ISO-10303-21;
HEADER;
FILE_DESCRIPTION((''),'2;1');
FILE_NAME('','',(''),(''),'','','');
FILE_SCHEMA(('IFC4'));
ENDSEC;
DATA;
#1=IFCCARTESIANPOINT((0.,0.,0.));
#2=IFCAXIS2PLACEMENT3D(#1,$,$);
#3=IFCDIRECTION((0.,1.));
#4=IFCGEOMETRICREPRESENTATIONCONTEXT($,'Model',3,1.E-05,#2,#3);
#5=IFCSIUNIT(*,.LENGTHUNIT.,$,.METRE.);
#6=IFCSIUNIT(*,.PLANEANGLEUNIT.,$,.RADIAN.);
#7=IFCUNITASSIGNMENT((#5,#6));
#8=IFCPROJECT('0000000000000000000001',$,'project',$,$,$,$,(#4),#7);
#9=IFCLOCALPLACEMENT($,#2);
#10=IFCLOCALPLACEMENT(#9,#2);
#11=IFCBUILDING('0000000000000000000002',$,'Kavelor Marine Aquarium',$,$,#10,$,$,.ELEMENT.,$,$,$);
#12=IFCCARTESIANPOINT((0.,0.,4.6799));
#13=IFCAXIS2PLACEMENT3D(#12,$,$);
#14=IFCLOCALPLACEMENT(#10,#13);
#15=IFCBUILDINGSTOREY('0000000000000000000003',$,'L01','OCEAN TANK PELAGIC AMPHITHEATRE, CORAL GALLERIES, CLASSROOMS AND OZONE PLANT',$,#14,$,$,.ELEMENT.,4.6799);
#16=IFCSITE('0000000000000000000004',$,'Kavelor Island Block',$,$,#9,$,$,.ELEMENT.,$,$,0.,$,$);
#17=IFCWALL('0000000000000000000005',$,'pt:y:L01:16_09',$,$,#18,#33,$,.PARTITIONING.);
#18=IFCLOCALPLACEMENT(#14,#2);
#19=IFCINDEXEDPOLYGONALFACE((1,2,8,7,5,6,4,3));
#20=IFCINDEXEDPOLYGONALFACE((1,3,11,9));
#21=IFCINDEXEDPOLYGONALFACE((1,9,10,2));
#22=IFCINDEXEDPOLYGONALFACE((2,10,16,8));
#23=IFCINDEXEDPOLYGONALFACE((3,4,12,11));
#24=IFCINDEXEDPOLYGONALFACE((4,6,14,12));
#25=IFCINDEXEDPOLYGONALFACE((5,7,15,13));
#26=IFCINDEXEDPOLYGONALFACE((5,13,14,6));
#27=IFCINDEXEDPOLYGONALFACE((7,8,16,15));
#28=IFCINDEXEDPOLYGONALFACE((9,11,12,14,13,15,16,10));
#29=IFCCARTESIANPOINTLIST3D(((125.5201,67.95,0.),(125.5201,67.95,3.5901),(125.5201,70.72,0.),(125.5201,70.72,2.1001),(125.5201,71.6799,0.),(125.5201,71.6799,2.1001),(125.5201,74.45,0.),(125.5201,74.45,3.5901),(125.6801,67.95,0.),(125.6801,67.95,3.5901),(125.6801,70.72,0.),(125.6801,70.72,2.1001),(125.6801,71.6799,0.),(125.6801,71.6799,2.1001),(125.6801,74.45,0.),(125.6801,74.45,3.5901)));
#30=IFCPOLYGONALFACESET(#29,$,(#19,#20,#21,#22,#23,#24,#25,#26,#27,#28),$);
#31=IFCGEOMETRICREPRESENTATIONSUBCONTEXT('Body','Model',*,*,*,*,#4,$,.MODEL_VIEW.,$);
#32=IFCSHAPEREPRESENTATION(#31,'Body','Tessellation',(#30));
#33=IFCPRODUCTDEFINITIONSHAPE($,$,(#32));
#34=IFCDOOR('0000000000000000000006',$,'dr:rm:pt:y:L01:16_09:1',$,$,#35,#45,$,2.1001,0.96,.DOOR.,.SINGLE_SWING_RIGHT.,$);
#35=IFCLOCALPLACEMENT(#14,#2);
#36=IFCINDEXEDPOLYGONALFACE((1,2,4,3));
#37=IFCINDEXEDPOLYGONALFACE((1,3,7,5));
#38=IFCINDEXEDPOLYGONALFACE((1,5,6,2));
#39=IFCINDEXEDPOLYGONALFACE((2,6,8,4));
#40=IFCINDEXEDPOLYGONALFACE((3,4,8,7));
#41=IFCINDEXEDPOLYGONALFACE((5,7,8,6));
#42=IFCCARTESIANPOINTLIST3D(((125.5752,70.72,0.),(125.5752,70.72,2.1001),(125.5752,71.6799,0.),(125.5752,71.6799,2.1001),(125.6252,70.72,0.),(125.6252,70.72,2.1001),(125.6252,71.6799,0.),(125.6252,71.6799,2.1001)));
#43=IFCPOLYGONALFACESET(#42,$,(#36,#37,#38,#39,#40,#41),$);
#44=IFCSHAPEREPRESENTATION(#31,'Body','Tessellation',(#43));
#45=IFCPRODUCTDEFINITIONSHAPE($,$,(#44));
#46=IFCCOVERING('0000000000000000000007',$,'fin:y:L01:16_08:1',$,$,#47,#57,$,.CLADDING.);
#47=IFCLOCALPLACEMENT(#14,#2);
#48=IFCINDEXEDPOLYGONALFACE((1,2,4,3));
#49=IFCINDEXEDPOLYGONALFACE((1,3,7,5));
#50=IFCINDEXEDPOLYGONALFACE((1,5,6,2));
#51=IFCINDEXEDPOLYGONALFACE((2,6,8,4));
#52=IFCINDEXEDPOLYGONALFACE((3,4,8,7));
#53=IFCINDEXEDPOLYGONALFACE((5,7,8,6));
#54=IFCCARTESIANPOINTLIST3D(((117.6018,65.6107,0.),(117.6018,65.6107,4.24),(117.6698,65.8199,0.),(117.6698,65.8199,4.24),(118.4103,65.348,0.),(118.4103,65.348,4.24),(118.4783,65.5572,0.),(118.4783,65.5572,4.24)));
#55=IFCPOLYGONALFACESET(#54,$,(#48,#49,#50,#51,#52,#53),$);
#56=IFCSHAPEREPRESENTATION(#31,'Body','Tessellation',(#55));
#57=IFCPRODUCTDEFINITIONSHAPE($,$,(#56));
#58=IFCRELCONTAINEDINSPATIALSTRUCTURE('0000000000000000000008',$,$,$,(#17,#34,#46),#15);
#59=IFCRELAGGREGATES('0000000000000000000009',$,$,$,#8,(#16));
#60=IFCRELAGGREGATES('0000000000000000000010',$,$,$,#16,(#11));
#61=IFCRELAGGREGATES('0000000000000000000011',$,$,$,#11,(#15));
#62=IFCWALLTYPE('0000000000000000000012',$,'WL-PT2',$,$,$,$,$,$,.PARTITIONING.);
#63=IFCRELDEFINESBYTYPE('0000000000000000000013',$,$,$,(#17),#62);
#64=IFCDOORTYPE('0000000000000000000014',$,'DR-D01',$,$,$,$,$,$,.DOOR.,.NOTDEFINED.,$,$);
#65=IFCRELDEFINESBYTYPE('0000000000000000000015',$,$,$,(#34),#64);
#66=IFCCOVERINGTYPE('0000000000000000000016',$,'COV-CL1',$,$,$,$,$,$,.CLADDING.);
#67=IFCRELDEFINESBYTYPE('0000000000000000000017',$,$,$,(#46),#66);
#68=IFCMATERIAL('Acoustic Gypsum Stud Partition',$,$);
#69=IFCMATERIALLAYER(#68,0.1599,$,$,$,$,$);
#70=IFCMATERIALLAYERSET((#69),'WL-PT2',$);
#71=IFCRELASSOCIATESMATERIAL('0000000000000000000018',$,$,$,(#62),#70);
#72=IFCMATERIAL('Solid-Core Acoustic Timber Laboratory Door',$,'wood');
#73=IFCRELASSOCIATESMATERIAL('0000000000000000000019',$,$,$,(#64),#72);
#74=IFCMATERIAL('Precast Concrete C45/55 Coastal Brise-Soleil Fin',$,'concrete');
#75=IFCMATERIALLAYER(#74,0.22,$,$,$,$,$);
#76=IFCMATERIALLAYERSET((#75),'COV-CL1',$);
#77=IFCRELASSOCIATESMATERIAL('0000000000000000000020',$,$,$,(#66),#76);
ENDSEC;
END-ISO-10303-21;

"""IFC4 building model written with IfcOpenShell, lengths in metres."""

from ifc_helpers import new_model, si_unit, direction, frame, frame_2d, origin, origin_2d, place, context, subcontext, project, spatial, rectangle, extrude, material, layer, layer_set, type_object, element, fill, save


model = new_model("IFC4")

# Units and contexts
model_context = context("Model", 3, precision=1e-05, world=origin(), true_north=direction((0.0, 1.0)))
body_context = subcontext(model_context, "Body", "Model", "MODEL_VIEW")
ifc_project = project(units=[si_unit("LENGTHUNIT", "METRE"), si_unit("PLANEANGLEUNIT", "RADIAN")], contexts=[model_context])

# Site, building, storey
site_placement = place(None, origin())
site = spatial("IfcSite", under=ifc_project, at=site_placement, Name="Kavelor Island Block", CompositionType="ELEMENT", RefElevation=0.0)
building_placement = place(site_placement, origin())
building = spatial("IfcBuilding", under=site, at=building_placement, Name="Kavelor Marine Aquarium", CompositionType="ELEMENT")
storey_placement = place(building_placement, frame((0.0, 0.0, 4.6799)))
storey = spatial("IfcBuildingStorey", under=building, at=storey_placement, Name="L01", Description="OCEAN TANK PELAGIC AMPHITHEATRE, CORAL GALLERIES, CLASSROOMS AND OZONE PLANT", CompositionType="ELEMENT", Elevation=4.6799)

# Wall, opening, door
ifc_material_1 = material(Name="Acoustic Gypsum Stud Partition")
ifc_layer_1 = layer(ifc_material_1, 0.1599)
ifc_layer_set_1 = layer_set([ifc_layer_1], Name="WL-PT2")
wall_type = type_object("IfcWallType", Name="WL-PT2", PredefinedType="PARTITIONING", material=ifc_layer_set_1)
wall_placement = place(storey_placement, frame((125.6001, 67.95, 0.0), z_axis=(0.0, 0.0, 1.0), x_axis=(0.0, 1.0, 0.0)))
wall = element("IfcWall", 1, at=wall_placement, inside=storey, type_object=wall_type, Name="pt:y:L01:16_09", PredefinedType="PARTITIONING", context=body_context, shape_type="SweptSolid", body=[
    extrude(rectangle(XDim=6.5, YDim=0.1599, at=frame_2d((3.25, 0.0))), origin(), (0.0, 0.0, 1.0), 3.5901),
])
opening_placement = place(wall_placement, frame((2.77, 0.0, 0.0)))
opening = element("IfcOpeningElement", 2, at=opening_placement, cuts=wall, PredefinedType="OPENING", context=body_context, shape_type="SweptSolid", body=[
    extrude(rectangle(XDim=0.96, YDim=2.1001, at=frame_2d((0.48, 1.05))), frame((0.0, 0.0898, 0.0), z_axis=(0.0, -1.0, 0.0), x_axis=(1.0, 0.0, 0.0)), (0.0, 0.0, 1.0), 0.1799),
])
ifc_material_2 = material(Name="Solid-Core Acoustic Timber Laboratory Door", Category="wood")
door_type = type_object("IfcDoorType", Name="DR-D01", OperationType="NOTDEFINED", PredefinedType="DOOR", material=ifc_material_2)
door_placement = place(opening_placement, origin())
door = element("IfcDoor", 3, at=door_placement, inside=storey, type_object=door_type, Name="dr:rm:pt:y:L01:16_09:1", OperationType="SINGLE_SWING_RIGHT", OverallHeight=2.1001, OverallWidth=0.96, PredefinedType="DOOR", context=body_context, shape_type="SweptSolid", body=[
    extrude(rectangle(XDim=0.96, YDim=2.1001, at=frame_2d((0.48, 1.05))), frame((0.0, 0.0249, 0.0), z_axis=(0.0, -1.0, 0.0), x_axis=(1.0, 0.0, 0.0)), (0.0, 0.0, 1.0), 0.05),
])
fill(opening, door)

# Covering
ifc_material_3 = material(Name="Precast Concrete C45/55 Coastal Brise-Soleil Fin", Category="concrete")
ifc_layer_2 = layer(ifc_material_3, 0.22)
ifc_layer_set_2 = layer_set([ifc_layer_2], Name="COV-CL1")
covering_type = type_object("IfcCoveringType", Name="COV-CL1", PredefinedType="CLADDING", material=ifc_layer_set_2)
covering_placement = place(storey_placement, frame((118.04, 65.584, 0.0), z_axis=(0.0, 0.0, 1.0), x_axis=(0.951057, -0.309017, 0.0)))
element("IfcCovering", 4, at=covering_placement, inside=storey, type_object=covering_type, Name="fin:y:L01:16_08:1", PredefinedType="CLADDING", context=body_context, shape_type="SweptSolid", body=[
    extrude(rectangle(XDim=0.8501, YDim=0.22, at=origin_2d()), origin(), (0.0, 0.0, 1.0), 4.24),
])

save(model, "model.ifc")
